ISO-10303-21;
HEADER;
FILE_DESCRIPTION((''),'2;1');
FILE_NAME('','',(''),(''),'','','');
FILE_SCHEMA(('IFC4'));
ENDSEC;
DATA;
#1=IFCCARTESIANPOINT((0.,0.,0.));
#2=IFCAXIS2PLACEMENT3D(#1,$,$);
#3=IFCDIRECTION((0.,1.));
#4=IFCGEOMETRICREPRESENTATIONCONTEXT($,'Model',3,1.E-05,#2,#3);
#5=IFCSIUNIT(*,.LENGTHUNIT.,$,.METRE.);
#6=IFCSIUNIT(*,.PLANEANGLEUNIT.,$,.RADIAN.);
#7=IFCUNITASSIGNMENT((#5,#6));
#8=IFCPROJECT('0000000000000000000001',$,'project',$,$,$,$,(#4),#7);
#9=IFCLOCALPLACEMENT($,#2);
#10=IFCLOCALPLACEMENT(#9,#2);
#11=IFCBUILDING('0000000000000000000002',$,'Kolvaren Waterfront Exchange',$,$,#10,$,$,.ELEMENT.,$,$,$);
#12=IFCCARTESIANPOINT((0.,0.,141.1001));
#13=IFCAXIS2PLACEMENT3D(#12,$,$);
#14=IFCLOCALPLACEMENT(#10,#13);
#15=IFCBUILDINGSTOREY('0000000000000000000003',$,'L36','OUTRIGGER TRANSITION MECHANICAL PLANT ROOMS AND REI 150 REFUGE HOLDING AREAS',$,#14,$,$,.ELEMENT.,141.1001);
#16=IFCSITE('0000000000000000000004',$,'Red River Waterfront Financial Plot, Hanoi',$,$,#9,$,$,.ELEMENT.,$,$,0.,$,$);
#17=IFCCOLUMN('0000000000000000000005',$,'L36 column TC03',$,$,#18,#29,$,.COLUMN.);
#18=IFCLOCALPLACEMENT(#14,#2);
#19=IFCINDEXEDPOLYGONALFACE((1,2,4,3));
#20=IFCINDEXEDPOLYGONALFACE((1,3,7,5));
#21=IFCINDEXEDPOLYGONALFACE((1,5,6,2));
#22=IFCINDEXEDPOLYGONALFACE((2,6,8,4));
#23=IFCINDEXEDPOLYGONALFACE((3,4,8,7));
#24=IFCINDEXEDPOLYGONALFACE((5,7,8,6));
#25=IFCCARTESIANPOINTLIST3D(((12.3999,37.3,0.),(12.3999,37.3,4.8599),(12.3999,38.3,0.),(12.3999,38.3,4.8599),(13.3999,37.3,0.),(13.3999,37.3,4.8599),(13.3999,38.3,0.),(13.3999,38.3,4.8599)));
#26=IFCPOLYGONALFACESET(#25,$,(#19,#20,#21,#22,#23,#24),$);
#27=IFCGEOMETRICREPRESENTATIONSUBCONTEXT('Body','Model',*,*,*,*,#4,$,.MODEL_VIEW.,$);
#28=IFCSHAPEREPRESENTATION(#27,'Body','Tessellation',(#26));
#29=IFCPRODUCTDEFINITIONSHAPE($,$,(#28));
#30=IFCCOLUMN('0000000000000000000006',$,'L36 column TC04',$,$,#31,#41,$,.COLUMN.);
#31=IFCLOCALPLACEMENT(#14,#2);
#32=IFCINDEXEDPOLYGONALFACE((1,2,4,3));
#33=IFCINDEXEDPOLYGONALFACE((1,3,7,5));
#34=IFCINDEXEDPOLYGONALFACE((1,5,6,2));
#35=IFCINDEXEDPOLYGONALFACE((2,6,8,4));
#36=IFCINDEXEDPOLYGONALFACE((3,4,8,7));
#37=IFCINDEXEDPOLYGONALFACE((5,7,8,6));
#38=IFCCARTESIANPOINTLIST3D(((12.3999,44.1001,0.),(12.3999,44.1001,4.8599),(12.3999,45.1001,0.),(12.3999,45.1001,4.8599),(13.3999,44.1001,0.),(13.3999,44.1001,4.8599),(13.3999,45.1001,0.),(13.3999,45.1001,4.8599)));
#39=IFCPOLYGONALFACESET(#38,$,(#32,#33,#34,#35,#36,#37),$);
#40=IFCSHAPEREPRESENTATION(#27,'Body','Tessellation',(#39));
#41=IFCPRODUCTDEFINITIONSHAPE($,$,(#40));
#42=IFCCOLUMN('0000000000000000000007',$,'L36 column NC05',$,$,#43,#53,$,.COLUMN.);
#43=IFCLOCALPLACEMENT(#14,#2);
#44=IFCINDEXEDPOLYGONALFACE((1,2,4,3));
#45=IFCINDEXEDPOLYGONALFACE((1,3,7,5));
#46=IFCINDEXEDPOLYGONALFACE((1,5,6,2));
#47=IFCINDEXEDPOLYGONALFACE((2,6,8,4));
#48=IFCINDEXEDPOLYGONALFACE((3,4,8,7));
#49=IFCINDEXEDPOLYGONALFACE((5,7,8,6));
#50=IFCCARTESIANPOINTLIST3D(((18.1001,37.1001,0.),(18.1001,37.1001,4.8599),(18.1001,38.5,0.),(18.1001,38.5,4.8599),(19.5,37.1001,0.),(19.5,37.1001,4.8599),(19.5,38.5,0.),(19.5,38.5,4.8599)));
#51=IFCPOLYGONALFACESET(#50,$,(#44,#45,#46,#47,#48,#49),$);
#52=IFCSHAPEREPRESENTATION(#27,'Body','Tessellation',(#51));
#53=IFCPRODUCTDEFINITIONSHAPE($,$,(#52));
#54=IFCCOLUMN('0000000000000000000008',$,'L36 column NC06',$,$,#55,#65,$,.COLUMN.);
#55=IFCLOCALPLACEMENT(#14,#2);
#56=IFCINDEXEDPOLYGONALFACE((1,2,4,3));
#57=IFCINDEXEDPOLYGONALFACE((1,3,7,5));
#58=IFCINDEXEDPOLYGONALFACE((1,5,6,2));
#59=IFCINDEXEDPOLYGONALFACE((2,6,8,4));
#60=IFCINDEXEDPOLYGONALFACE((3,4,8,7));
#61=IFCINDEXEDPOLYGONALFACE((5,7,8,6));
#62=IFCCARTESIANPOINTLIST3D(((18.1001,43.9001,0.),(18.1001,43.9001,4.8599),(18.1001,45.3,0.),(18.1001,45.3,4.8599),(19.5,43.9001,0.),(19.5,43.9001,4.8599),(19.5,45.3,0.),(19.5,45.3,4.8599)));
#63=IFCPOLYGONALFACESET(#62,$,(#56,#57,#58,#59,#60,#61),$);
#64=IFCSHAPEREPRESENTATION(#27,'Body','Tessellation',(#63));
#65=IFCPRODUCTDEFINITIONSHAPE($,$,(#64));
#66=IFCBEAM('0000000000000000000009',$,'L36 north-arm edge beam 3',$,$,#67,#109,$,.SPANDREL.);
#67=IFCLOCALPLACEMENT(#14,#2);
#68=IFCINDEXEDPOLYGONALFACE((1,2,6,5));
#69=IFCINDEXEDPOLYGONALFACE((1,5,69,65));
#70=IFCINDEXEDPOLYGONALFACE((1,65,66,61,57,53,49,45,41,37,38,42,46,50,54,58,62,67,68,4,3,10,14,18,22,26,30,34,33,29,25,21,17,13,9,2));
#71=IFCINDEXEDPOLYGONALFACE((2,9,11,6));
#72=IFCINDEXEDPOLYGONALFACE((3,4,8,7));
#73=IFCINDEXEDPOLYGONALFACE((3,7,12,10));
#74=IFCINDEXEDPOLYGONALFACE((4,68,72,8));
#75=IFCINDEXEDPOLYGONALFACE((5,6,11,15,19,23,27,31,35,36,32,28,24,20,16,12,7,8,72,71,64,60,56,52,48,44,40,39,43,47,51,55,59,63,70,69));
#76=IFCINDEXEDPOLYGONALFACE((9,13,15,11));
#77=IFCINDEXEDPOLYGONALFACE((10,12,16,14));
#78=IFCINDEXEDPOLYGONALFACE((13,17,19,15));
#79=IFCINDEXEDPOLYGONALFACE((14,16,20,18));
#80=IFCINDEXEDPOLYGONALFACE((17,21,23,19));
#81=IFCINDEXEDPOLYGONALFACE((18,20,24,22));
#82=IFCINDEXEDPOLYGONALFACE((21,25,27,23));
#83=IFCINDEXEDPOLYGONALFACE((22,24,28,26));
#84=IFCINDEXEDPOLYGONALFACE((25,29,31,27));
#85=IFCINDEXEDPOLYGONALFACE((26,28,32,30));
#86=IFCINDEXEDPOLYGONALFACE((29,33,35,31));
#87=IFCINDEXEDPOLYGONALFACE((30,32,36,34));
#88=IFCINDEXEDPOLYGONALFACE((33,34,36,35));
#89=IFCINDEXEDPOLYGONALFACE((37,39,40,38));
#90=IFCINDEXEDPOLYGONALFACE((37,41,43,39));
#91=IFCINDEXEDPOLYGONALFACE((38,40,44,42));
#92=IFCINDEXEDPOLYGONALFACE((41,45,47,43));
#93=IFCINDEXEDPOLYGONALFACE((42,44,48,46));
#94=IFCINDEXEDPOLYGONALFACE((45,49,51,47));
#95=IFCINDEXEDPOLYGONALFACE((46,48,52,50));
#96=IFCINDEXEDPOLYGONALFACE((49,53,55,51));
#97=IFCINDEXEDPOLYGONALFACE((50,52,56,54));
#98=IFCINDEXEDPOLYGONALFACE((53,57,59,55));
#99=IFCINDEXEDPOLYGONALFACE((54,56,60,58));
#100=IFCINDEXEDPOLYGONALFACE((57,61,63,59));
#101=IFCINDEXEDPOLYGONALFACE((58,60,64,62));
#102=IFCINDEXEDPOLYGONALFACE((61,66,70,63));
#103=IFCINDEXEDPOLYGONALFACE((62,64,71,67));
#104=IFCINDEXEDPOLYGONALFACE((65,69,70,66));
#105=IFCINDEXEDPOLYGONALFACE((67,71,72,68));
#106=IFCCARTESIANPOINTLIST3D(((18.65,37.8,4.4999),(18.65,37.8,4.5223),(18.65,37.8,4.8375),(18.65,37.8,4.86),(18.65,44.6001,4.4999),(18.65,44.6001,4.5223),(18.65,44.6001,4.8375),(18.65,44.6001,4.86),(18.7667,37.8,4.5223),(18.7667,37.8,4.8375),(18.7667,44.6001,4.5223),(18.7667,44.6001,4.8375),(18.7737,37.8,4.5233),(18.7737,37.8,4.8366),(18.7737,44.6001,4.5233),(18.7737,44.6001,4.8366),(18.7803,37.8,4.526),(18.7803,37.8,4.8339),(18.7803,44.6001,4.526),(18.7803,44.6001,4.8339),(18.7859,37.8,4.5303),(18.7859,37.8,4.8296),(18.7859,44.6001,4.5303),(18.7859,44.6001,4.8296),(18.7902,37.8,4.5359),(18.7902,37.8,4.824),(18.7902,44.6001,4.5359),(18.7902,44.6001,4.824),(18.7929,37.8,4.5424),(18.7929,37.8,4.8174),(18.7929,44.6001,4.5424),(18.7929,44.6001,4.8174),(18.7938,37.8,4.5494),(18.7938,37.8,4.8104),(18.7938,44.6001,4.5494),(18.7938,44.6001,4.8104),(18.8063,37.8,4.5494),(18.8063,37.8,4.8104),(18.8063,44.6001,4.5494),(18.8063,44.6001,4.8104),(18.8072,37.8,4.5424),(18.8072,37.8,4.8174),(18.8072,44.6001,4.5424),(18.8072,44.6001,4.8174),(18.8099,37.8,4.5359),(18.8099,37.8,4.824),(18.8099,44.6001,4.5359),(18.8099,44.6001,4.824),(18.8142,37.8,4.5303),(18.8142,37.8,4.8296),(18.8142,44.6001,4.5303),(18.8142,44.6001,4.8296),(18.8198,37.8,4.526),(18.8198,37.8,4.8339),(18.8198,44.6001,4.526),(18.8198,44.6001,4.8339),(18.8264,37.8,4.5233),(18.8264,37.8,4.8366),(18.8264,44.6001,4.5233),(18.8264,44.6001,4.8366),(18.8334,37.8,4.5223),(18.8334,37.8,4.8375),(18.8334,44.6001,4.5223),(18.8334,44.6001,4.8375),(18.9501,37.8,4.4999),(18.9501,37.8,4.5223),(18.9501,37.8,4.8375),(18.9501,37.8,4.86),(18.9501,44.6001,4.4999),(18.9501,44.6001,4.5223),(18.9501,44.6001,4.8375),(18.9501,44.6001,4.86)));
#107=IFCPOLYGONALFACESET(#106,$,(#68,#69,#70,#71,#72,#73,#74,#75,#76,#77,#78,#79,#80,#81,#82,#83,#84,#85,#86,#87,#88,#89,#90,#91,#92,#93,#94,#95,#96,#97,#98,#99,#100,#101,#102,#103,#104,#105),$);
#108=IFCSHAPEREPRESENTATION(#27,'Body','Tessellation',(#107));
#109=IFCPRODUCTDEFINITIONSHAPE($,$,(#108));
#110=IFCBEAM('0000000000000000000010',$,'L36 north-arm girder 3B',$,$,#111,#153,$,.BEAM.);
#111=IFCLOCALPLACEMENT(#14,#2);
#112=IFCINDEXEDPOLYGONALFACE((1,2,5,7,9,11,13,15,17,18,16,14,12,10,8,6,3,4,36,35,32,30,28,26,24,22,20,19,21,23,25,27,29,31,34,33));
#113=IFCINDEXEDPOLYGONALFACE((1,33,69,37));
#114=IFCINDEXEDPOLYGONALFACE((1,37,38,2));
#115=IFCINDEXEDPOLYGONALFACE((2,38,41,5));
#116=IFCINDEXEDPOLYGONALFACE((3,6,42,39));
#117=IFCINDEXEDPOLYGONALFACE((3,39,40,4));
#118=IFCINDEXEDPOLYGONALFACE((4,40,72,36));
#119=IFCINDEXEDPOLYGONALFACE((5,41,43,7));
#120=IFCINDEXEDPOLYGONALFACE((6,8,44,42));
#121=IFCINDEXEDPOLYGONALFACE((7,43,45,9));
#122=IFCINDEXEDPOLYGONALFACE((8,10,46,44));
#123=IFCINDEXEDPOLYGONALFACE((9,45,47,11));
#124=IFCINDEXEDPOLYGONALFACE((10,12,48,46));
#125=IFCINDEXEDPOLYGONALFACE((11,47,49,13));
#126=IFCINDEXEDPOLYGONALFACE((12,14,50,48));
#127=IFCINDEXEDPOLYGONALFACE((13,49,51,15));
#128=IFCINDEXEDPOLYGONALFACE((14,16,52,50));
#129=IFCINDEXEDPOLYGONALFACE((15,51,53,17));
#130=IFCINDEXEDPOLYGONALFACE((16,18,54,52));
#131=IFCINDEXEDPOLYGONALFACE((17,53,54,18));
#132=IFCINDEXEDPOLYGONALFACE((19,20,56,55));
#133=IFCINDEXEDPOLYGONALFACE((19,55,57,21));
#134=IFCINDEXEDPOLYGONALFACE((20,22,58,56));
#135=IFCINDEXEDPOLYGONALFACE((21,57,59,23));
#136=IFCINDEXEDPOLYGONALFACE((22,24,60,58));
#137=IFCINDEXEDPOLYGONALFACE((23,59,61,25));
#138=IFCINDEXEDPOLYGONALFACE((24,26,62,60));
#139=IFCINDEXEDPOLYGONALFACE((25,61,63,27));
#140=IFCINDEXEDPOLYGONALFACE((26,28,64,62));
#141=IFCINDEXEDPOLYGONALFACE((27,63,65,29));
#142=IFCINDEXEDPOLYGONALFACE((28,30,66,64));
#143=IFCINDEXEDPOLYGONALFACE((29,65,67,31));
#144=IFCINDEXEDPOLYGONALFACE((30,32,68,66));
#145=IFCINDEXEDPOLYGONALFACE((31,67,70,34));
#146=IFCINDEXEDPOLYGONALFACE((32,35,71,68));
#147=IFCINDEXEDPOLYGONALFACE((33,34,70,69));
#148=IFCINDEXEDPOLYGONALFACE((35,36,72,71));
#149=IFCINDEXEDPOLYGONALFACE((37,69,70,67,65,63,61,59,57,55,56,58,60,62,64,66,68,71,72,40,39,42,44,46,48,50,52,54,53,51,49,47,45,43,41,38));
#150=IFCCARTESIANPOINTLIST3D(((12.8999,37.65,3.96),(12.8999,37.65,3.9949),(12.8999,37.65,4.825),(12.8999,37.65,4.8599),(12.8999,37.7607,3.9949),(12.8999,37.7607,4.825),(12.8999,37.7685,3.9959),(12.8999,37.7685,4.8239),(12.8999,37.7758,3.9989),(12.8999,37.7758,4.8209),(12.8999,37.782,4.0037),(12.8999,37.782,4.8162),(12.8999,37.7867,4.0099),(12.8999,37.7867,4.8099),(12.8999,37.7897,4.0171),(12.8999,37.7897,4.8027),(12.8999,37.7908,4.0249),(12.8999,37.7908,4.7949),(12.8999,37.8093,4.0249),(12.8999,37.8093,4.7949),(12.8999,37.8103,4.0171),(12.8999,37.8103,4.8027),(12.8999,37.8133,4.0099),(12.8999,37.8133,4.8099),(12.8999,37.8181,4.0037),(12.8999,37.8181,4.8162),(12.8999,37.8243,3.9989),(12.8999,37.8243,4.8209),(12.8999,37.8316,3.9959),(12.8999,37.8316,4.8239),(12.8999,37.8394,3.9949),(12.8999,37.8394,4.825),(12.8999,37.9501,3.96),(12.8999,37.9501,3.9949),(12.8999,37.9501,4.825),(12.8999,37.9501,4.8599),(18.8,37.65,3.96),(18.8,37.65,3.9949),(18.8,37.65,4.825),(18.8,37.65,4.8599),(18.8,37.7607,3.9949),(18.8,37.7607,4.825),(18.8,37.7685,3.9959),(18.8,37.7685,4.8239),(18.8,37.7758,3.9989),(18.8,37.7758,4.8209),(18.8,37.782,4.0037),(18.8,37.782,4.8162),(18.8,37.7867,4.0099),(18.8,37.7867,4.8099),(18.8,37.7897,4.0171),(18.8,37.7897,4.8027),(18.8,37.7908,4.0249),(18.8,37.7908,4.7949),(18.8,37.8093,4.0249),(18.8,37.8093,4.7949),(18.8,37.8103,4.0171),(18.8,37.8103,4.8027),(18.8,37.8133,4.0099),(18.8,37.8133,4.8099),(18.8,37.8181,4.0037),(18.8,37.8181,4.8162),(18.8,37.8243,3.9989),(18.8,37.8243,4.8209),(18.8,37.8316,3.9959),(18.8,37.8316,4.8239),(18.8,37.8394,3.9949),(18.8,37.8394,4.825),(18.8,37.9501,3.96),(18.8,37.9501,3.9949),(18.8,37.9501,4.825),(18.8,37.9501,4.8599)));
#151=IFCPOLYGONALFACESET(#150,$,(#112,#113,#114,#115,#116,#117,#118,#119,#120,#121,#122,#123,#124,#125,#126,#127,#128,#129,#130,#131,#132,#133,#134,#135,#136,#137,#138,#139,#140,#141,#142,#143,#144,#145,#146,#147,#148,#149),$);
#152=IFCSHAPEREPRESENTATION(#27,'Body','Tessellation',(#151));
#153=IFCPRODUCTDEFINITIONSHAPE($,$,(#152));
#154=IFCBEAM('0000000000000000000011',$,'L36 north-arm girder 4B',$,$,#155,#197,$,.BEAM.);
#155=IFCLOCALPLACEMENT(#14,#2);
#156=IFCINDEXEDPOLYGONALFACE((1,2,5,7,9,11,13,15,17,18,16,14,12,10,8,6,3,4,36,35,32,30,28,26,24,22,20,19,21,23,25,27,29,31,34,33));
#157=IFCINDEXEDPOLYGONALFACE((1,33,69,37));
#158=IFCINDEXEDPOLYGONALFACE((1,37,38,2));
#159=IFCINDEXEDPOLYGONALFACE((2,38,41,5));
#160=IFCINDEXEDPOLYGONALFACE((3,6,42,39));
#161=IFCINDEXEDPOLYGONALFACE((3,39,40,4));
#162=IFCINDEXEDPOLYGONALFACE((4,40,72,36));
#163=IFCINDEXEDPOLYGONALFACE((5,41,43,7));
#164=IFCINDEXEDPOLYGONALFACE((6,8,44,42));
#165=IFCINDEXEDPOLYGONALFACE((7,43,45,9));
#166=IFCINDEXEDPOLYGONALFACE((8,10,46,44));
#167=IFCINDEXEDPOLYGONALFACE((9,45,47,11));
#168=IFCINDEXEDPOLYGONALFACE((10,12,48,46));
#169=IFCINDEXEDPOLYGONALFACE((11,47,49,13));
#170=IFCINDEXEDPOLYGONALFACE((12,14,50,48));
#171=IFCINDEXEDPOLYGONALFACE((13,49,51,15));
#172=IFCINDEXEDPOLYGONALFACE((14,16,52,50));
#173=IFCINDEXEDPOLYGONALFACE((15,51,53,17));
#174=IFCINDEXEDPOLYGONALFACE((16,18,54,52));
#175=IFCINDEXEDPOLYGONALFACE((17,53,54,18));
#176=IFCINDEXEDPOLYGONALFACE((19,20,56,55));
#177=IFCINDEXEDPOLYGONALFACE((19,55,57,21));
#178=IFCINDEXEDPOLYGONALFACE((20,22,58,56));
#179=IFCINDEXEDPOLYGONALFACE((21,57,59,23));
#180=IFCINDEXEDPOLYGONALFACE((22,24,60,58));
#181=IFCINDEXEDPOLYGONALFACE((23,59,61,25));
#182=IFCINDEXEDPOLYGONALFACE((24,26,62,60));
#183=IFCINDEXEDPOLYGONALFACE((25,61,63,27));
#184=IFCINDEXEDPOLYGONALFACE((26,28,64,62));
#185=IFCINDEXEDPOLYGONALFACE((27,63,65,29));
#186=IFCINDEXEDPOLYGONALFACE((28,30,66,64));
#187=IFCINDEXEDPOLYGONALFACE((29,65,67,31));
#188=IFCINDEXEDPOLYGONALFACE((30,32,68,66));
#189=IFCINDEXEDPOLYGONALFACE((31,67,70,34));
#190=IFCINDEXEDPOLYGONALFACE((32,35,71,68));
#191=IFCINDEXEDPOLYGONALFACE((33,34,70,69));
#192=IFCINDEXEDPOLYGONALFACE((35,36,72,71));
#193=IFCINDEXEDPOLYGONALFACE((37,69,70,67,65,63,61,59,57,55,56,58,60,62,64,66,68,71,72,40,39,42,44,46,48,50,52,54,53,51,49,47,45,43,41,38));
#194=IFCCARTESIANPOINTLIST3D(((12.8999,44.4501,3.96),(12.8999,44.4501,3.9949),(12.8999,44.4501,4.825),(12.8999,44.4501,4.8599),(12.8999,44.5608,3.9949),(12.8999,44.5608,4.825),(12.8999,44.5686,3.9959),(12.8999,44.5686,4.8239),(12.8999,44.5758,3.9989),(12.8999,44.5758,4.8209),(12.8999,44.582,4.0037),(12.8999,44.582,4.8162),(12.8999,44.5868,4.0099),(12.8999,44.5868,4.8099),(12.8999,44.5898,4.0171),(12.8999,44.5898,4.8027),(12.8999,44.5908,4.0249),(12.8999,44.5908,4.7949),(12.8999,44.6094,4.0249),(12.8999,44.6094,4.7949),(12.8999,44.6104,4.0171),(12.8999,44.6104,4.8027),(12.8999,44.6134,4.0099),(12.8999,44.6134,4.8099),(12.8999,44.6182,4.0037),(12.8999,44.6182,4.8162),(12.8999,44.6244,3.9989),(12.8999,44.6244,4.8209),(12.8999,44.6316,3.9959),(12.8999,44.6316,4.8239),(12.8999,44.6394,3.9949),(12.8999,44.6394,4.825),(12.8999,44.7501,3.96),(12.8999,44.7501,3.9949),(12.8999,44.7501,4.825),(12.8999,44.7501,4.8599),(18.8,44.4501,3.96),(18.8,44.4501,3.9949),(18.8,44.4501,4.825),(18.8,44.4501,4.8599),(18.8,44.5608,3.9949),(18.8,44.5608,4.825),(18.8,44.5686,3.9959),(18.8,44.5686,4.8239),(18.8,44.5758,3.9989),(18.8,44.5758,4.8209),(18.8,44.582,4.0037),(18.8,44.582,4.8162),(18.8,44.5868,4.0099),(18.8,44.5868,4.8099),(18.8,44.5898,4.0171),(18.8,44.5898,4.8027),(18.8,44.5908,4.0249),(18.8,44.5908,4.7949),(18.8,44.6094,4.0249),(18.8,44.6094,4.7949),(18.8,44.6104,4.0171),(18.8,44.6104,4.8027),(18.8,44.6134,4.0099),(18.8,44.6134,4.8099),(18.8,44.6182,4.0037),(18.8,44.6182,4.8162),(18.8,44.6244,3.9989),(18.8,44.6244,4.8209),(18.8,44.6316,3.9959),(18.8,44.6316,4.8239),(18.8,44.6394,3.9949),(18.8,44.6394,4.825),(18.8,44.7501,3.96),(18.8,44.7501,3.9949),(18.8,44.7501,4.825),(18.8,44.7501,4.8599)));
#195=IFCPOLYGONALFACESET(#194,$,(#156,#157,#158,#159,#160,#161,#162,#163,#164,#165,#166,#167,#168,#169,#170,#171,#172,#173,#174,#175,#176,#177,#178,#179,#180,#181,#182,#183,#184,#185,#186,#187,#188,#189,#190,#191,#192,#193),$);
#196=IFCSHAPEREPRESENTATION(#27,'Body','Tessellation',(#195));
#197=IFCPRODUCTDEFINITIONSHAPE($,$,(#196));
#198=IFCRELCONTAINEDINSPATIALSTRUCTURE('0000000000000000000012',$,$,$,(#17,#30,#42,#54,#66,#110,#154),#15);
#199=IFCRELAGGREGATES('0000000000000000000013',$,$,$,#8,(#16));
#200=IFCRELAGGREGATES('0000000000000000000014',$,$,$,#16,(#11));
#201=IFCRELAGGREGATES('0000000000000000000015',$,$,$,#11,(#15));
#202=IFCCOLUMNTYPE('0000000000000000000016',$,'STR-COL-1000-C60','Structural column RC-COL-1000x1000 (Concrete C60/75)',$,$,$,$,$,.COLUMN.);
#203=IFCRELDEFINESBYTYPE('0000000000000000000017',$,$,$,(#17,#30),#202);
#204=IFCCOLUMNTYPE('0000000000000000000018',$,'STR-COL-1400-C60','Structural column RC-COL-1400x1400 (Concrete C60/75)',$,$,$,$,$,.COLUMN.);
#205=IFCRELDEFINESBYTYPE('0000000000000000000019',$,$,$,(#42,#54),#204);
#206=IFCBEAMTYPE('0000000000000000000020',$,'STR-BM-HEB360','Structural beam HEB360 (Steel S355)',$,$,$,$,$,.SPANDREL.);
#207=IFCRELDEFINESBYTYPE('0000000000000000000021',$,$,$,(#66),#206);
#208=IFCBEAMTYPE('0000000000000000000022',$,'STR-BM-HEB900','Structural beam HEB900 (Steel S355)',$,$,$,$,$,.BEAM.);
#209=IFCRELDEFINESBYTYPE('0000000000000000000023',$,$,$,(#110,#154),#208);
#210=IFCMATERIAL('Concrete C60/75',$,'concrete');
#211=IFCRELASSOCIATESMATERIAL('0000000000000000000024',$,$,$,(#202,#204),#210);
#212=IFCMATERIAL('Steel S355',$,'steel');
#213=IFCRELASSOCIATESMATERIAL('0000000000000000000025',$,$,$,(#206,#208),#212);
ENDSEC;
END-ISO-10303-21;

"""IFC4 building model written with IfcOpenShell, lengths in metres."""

from ifc_helpers import new_model, si_unit, direction, frame, origin, origin_2d, place, context, subcontext, project, spatial, rectangle, i_section, extrude, material, material_profile, profile_set, type_object, element, save


model = new_model("IFC4")

# Units and contexts
model_context = context("Model", 3, precision=1e-05, world=origin(), true_north=direction((0.0, 1.0)))
body_context = subcontext(model_context, "Body", "Model", "MODEL_VIEW")
ifc_project = project(units=[si_unit("LENGTHUNIT", "METRE"), si_unit("PLANEANGLEUNIT", "RADIAN")], contexts=[model_context])

# Site, building, storey
site_placement = place(None, origin())
site = spatial("IfcSite", under=ifc_project, at=site_placement, Name="Red River Waterfront Financial Plot, Hanoi", CompositionType="ELEMENT", RefElevation=0.0)
building_placement = place(site_placement, origin())
building = spatial("IfcBuilding", under=site, at=building_placement, Name="Kolvaren Waterfront Exchange", CompositionType="ELEMENT")
storey_placement = place(building_placement, frame((0.0, 0.0, 141.1001)))
storey = spatial("IfcBuildingStorey", under=building, at=storey_placement, Name="L36", Description="OUTRIGGER TRANSITION MECHANICAL PLANT ROOMS AND REI 150 REFUGE HOLDING AREAS", CompositionType="ELEMENT", Elevation=141.1001)

# Columns
ifc_material_1 = material(Name="Concrete C60/75", Category="concrete")
ifc_material_profile_1 = material_profile(ifc_material_1, rectangle(XDim=1.0, YDim=1.0, at=origin_2d()), Name="RC-COL-1000x1000")
ifc_profile_set_1 = profile_set([ifc_material_profile_1], Name="Concrete C60/75")
column_type_1 = type_object("IfcColumnType", Name="STR-COL-1000-C60", Description="Structural column RC-COL-1000x1000 (Concrete C60/75)", PredefinedType="COLUMN", material=ifc_profile_set_1)
for number, where, z_axis, x_axis, name in (
    (1, (12.8999, 37.8, 0.0), (0.0, 0.0, 1.0), (1.0, 0.0, 0.0), "L36 column TC03"),
    (2, (12.8999, 44.6001, 0.0), (0.0, 0.0, 1.0), (1.0, 0.0, 0.0), "L36 column TC04"),
):
    element("IfcColumn", number, at=place(storey_placement, frame(where, z_axis=z_axis, x_axis=x_axis)), inside=storey, type_object=column_type_1, Name=name, PredefinedType="COLUMN", context=body_context, shape_type="SweptSolid", body=[
        extrude(rectangle(XDim=1.0, YDim=1.0, at=origin_2d()), origin(), (0.0, 0.0, 1.0), 4.8599),
    ])
ifc_material_profile_2 = material_profile(ifc_material_1, rectangle(XDim=1.3999, YDim=1.3999, at=origin_2d()), Name="RC-COL-1400x1400")
ifc_profile_set_2 = profile_set([ifc_material_profile_2], Name="Concrete C60/75")
column_type_2 = type_object("IfcColumnType", Name="STR-COL-1400-C60", Description="Structural column RC-COL-1400x1400 (Concrete C60/75)", PredefinedType="COLUMN", material=ifc_profile_set_2)
for number, where, z_axis, x_axis, name in (
    (3, (18.8, 37.8, 0.0), (0.0, 0.0, 1.0), (1.0, 0.0, 0.0), "L36 column NC05"),
    (4, (18.8, 44.6001, 0.0), (0.0, 0.0, 1.0), (1.0, 0.0, 0.0), "L36 column NC06"),
):
    element("IfcColumn", number, at=place(storey_placement, frame(where, z_axis=z_axis, x_axis=x_axis)), inside=storey, type_object=column_type_2, Name=name, PredefinedType="COLUMN", context=body_context, shape_type="SweptSolid", body=[
        extrude(rectangle(XDim=1.3999, YDim=1.3999, at=origin_2d()), origin(), (0.0, 0.0, 1.0), 4.8599),
    ])

# Beams
ifc_material_2 = material(Name="Steel S355", Category="steel")
ifc_material_profile_3 = material_profile(ifc_material_2, i_section(OverallWidth=0.3, OverallDepth=0.3601, WebThickness=0.0125, FlangeThickness=0.0225, FilletRadius=0.0271, at=origin_2d()), Name="HEB360")
ifc_profile_set_3 = profile_set([ifc_material_profile_3], Name="Steel S355")
beam_type_1 = type_object("IfcBeamType", Name="STR-BM-HEB360", Description="Structural beam HEB360 (Steel S355)", PredefinedType="SPANDREL", material=ifc_profile_set_3)
beam_1_placement = place(storey_placement, frame((18.8, 37.8, 4.6799), z_axis=(0.0, 1.0, 0.0), x_axis=(-1.0, 0.0, 0.0)))
element("IfcBeam", 5, at=beam_1_placement, inside=storey, type_object=beam_type_1, Name="L36 north-arm edge beam 3", PredefinedType="SPANDREL", context=body_context, shape_type="SweptSolid", body=[
    extrude(i_section(OverallWidth=0.3, OverallDepth=0.3601, WebThickness=0.0125, FlangeThickness=0.0225, FilletRadius=0.0271, at=origin_2d()), origin(), (0.0, 0.0, 1.0), 6.8),
])
ifc_material_profile_4 = material_profile(ifc_material_2, i_section(OverallWidth=0.3, OverallDepth=0.8999, WebThickness=0.0186, FlangeThickness=0.0349, FilletRadius=0.03, at=origin_2d()), Name="HEB900")
ifc_profile_set_4 = profile_set([ifc_material_profile_4], Name="Steel S355")
beam_type_2 = type_object("IfcBeamType", Name="STR-BM-HEB900", Description="Structural beam HEB900 (Steel S355)", PredefinedType="BEAM", material=ifc_profile_set_4)
for number, where, z_axis, x_axis, name in (
    (6, (12.8999, 37.8, 4.4099), (1.0, 0.0, 0.0), (0.0, 1.0, 0.0), "L36 north-arm girder 3B"),
    (7, (12.8999, 44.6001, 4.4099), (1.0, 0.0, 0.0), (0.0, 1.0, 0.0), "L36 north-arm girder 4B"),
):
    element("IfcBeam", number, at=place(storey_placement, frame(where, z_axis=z_axis, x_axis=x_axis)), inside=storey, type_object=beam_type_2, Name=name, PredefinedType="BEAM", context=body_context, shape_type="SweptSolid", body=[
        extrude(i_section(OverallWidth=0.3, OverallDepth=0.8999, WebThickness=0.0186, FlangeThickness=0.0349, FilletRadius=0.03, at=origin_2d()), origin(), (0.0, 0.0, 1.0), 5.9001),
    ])

save(model, "model.ifc")
